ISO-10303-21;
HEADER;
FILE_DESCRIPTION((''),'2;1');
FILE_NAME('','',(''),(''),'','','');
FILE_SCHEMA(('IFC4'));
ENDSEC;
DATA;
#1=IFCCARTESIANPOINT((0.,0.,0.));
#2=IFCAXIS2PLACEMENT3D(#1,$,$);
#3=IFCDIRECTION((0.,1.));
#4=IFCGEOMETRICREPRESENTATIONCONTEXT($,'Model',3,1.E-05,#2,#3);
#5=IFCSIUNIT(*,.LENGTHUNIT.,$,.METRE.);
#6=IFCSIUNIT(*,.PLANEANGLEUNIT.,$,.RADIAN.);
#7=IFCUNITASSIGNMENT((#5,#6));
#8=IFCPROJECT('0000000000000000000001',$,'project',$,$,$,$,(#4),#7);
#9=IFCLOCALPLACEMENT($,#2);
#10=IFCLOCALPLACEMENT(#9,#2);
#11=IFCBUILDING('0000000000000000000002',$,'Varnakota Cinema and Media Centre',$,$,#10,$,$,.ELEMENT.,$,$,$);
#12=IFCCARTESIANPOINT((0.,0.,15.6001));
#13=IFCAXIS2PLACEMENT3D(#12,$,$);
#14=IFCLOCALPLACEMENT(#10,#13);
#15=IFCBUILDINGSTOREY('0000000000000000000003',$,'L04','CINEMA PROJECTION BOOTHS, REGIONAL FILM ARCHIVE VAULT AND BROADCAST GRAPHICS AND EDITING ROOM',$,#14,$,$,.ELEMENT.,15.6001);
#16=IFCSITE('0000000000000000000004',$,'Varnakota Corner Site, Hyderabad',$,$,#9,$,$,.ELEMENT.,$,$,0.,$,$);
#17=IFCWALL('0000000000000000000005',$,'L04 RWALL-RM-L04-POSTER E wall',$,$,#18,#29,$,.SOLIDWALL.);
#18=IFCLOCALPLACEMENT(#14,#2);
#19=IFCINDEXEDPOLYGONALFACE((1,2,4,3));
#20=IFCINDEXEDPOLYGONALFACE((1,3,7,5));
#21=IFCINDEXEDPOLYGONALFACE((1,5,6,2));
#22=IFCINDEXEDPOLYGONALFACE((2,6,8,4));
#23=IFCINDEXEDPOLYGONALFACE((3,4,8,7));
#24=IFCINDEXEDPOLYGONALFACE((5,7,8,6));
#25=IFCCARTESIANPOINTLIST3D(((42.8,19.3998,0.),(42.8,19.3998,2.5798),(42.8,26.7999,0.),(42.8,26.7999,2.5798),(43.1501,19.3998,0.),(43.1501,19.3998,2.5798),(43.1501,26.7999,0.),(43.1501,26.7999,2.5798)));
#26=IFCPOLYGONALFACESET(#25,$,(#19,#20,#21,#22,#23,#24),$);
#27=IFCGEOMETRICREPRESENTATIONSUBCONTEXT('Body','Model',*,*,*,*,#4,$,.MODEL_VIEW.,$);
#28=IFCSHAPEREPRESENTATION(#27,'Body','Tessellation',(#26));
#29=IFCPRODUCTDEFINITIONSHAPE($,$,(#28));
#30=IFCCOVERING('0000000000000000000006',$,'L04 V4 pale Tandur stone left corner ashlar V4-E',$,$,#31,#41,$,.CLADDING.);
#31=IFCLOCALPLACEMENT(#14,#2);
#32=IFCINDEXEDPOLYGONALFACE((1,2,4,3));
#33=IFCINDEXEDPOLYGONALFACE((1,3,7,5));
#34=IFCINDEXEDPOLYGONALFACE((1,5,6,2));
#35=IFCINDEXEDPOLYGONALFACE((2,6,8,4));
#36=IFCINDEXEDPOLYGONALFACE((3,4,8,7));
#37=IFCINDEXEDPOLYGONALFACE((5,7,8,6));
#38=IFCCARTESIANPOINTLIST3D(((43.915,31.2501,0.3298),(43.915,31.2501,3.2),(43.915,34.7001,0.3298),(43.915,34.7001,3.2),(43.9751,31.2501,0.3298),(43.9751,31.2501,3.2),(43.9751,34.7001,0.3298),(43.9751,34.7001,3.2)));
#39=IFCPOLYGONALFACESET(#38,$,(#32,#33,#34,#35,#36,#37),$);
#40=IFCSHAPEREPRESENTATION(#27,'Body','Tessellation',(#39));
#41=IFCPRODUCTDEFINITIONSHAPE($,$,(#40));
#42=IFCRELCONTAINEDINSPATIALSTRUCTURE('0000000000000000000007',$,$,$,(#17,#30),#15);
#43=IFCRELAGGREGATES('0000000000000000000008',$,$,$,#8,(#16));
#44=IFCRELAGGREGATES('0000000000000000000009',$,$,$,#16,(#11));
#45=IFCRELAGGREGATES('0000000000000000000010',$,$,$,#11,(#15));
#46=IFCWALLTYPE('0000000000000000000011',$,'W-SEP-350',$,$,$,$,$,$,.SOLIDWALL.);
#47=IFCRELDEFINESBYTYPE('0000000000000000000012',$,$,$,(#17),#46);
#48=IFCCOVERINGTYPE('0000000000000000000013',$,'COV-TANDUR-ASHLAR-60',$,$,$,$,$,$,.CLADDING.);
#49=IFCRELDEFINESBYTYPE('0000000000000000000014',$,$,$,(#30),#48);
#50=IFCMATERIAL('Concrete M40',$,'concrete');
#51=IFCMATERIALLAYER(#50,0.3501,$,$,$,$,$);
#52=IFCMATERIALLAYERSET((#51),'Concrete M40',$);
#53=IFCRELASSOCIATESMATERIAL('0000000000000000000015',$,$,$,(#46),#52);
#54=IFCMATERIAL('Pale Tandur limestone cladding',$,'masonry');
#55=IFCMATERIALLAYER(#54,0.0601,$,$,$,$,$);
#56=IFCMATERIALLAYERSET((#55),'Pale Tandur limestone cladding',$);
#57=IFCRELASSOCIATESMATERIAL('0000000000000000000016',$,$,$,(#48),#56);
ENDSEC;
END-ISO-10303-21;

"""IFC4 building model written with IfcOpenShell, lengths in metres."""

from ifc_helpers import new_model, si_unit, direction, frame, frame_2d, origin, origin_2d, place, context, subcontext, project, spatial, rectangle, extrude, material, layer, layer_set, type_object, element, save


model = new_model("IFC4")

# Units and contexts
model_context = context("Model", 3, precision=1e-05, world=origin(), true_north=direction((0.0, 1.0)))
body_context = subcontext(model_context, "Body", "Model", "MODEL_VIEW")
ifc_project = project(units=[si_unit("LENGTHUNIT", "METRE"), si_unit("PLANEANGLEUNIT", "RADIAN")], contexts=[model_context])

# Site, building, storey
site_placement = place(None, origin())
site = spatial("IfcSite", under=ifc_project, at=site_placement, Name="Varnakota Corner Site, Hyderabad", CompositionType="ELEMENT", RefElevation=0.0)
building_placement = place(site_placement, origin())
building = spatial("IfcBuilding", under=site, at=building_placement, Name="Varnakota Cinema and Media Centre", CompositionType="ELEMENT")
storey_placement = place(building_placement, frame((0.0, 0.0, 15.6001)))
storey = spatial("IfcBuildingStorey", under=building, at=storey_placement, Name="L04", Description="CINEMA PROJECTION BOOTHS, REGIONAL FILM ARCHIVE VAULT AND BROADCAST GRAPHICS AND EDITING ROOM", CompositionType="ELEMENT", Elevation=15.6001)

# Wall
ifc_material_1 = material(Name="Concrete M40", Category="concrete")
ifc_layer_1 = layer(ifc_material_1, 0.3501)
ifc_layer_set_1 = layer_set([ifc_layer_1], Name="Concrete M40")
wall_type = type_object("IfcWallType", Name="W-SEP-350", PredefinedType="SOLIDWALL", material=ifc_layer_set_1)
wall_placement = place(storey_placement, frame((42.9751, 26.8, 0.0), z_axis=(0.0, 0.0, 1.0), x_axis=(0.0, -1.0, 0.0)))
element("IfcWall", 1, at=wall_placement, inside=storey, type_object=wall_type, Name="L04 RWALL-RM-L04-POSTER E wall", PredefinedType="SOLIDWALL", context=body_context, shape_type="SweptSolid", body=[
    extrude(rectangle(XDim=7.4001, YDim=0.3501, at=frame_2d((3.7002, 0.0))), origin(), (0.0, 0.0, 1.0), 2.5798),
])

# Covering
ifc_material_2 = material(Name="Pale Tandur limestone cladding", Category="masonry")
ifc_layer_2 = layer(ifc_material_2, 0.0601)
ifc_layer_set_2 = layer_set([ifc_layer_2], Name="Pale Tandur limestone cladding")
covering_type = type_object("IfcCoveringType", Name="COV-TANDUR-ASHLAR-60", PredefinedType="CLADDING", material=ifc_layer_set_2)
covering_placement = place(storey_placement, frame((43.9451, 32.9751, 0.3298), z_axis=(0.0, 0.0, 1.0), x_axis=(0.0, -1.0, 0.0)))
element("IfcCovering", 2, at=covering_placement, inside=storey, type_object=covering_type, Name="L04 V4 pale Tandur stone left corner ashlar V4-E", PredefinedType="CLADDING", context=body_context, shape_type="SweptSolid", body=[
    extrude(rectangle(XDim=3.45, YDim=0.0601, at=origin_2d()), origin(), (0.0, 0.0, 1.0), 2.8701),
])

save(model, "model.ifc")
